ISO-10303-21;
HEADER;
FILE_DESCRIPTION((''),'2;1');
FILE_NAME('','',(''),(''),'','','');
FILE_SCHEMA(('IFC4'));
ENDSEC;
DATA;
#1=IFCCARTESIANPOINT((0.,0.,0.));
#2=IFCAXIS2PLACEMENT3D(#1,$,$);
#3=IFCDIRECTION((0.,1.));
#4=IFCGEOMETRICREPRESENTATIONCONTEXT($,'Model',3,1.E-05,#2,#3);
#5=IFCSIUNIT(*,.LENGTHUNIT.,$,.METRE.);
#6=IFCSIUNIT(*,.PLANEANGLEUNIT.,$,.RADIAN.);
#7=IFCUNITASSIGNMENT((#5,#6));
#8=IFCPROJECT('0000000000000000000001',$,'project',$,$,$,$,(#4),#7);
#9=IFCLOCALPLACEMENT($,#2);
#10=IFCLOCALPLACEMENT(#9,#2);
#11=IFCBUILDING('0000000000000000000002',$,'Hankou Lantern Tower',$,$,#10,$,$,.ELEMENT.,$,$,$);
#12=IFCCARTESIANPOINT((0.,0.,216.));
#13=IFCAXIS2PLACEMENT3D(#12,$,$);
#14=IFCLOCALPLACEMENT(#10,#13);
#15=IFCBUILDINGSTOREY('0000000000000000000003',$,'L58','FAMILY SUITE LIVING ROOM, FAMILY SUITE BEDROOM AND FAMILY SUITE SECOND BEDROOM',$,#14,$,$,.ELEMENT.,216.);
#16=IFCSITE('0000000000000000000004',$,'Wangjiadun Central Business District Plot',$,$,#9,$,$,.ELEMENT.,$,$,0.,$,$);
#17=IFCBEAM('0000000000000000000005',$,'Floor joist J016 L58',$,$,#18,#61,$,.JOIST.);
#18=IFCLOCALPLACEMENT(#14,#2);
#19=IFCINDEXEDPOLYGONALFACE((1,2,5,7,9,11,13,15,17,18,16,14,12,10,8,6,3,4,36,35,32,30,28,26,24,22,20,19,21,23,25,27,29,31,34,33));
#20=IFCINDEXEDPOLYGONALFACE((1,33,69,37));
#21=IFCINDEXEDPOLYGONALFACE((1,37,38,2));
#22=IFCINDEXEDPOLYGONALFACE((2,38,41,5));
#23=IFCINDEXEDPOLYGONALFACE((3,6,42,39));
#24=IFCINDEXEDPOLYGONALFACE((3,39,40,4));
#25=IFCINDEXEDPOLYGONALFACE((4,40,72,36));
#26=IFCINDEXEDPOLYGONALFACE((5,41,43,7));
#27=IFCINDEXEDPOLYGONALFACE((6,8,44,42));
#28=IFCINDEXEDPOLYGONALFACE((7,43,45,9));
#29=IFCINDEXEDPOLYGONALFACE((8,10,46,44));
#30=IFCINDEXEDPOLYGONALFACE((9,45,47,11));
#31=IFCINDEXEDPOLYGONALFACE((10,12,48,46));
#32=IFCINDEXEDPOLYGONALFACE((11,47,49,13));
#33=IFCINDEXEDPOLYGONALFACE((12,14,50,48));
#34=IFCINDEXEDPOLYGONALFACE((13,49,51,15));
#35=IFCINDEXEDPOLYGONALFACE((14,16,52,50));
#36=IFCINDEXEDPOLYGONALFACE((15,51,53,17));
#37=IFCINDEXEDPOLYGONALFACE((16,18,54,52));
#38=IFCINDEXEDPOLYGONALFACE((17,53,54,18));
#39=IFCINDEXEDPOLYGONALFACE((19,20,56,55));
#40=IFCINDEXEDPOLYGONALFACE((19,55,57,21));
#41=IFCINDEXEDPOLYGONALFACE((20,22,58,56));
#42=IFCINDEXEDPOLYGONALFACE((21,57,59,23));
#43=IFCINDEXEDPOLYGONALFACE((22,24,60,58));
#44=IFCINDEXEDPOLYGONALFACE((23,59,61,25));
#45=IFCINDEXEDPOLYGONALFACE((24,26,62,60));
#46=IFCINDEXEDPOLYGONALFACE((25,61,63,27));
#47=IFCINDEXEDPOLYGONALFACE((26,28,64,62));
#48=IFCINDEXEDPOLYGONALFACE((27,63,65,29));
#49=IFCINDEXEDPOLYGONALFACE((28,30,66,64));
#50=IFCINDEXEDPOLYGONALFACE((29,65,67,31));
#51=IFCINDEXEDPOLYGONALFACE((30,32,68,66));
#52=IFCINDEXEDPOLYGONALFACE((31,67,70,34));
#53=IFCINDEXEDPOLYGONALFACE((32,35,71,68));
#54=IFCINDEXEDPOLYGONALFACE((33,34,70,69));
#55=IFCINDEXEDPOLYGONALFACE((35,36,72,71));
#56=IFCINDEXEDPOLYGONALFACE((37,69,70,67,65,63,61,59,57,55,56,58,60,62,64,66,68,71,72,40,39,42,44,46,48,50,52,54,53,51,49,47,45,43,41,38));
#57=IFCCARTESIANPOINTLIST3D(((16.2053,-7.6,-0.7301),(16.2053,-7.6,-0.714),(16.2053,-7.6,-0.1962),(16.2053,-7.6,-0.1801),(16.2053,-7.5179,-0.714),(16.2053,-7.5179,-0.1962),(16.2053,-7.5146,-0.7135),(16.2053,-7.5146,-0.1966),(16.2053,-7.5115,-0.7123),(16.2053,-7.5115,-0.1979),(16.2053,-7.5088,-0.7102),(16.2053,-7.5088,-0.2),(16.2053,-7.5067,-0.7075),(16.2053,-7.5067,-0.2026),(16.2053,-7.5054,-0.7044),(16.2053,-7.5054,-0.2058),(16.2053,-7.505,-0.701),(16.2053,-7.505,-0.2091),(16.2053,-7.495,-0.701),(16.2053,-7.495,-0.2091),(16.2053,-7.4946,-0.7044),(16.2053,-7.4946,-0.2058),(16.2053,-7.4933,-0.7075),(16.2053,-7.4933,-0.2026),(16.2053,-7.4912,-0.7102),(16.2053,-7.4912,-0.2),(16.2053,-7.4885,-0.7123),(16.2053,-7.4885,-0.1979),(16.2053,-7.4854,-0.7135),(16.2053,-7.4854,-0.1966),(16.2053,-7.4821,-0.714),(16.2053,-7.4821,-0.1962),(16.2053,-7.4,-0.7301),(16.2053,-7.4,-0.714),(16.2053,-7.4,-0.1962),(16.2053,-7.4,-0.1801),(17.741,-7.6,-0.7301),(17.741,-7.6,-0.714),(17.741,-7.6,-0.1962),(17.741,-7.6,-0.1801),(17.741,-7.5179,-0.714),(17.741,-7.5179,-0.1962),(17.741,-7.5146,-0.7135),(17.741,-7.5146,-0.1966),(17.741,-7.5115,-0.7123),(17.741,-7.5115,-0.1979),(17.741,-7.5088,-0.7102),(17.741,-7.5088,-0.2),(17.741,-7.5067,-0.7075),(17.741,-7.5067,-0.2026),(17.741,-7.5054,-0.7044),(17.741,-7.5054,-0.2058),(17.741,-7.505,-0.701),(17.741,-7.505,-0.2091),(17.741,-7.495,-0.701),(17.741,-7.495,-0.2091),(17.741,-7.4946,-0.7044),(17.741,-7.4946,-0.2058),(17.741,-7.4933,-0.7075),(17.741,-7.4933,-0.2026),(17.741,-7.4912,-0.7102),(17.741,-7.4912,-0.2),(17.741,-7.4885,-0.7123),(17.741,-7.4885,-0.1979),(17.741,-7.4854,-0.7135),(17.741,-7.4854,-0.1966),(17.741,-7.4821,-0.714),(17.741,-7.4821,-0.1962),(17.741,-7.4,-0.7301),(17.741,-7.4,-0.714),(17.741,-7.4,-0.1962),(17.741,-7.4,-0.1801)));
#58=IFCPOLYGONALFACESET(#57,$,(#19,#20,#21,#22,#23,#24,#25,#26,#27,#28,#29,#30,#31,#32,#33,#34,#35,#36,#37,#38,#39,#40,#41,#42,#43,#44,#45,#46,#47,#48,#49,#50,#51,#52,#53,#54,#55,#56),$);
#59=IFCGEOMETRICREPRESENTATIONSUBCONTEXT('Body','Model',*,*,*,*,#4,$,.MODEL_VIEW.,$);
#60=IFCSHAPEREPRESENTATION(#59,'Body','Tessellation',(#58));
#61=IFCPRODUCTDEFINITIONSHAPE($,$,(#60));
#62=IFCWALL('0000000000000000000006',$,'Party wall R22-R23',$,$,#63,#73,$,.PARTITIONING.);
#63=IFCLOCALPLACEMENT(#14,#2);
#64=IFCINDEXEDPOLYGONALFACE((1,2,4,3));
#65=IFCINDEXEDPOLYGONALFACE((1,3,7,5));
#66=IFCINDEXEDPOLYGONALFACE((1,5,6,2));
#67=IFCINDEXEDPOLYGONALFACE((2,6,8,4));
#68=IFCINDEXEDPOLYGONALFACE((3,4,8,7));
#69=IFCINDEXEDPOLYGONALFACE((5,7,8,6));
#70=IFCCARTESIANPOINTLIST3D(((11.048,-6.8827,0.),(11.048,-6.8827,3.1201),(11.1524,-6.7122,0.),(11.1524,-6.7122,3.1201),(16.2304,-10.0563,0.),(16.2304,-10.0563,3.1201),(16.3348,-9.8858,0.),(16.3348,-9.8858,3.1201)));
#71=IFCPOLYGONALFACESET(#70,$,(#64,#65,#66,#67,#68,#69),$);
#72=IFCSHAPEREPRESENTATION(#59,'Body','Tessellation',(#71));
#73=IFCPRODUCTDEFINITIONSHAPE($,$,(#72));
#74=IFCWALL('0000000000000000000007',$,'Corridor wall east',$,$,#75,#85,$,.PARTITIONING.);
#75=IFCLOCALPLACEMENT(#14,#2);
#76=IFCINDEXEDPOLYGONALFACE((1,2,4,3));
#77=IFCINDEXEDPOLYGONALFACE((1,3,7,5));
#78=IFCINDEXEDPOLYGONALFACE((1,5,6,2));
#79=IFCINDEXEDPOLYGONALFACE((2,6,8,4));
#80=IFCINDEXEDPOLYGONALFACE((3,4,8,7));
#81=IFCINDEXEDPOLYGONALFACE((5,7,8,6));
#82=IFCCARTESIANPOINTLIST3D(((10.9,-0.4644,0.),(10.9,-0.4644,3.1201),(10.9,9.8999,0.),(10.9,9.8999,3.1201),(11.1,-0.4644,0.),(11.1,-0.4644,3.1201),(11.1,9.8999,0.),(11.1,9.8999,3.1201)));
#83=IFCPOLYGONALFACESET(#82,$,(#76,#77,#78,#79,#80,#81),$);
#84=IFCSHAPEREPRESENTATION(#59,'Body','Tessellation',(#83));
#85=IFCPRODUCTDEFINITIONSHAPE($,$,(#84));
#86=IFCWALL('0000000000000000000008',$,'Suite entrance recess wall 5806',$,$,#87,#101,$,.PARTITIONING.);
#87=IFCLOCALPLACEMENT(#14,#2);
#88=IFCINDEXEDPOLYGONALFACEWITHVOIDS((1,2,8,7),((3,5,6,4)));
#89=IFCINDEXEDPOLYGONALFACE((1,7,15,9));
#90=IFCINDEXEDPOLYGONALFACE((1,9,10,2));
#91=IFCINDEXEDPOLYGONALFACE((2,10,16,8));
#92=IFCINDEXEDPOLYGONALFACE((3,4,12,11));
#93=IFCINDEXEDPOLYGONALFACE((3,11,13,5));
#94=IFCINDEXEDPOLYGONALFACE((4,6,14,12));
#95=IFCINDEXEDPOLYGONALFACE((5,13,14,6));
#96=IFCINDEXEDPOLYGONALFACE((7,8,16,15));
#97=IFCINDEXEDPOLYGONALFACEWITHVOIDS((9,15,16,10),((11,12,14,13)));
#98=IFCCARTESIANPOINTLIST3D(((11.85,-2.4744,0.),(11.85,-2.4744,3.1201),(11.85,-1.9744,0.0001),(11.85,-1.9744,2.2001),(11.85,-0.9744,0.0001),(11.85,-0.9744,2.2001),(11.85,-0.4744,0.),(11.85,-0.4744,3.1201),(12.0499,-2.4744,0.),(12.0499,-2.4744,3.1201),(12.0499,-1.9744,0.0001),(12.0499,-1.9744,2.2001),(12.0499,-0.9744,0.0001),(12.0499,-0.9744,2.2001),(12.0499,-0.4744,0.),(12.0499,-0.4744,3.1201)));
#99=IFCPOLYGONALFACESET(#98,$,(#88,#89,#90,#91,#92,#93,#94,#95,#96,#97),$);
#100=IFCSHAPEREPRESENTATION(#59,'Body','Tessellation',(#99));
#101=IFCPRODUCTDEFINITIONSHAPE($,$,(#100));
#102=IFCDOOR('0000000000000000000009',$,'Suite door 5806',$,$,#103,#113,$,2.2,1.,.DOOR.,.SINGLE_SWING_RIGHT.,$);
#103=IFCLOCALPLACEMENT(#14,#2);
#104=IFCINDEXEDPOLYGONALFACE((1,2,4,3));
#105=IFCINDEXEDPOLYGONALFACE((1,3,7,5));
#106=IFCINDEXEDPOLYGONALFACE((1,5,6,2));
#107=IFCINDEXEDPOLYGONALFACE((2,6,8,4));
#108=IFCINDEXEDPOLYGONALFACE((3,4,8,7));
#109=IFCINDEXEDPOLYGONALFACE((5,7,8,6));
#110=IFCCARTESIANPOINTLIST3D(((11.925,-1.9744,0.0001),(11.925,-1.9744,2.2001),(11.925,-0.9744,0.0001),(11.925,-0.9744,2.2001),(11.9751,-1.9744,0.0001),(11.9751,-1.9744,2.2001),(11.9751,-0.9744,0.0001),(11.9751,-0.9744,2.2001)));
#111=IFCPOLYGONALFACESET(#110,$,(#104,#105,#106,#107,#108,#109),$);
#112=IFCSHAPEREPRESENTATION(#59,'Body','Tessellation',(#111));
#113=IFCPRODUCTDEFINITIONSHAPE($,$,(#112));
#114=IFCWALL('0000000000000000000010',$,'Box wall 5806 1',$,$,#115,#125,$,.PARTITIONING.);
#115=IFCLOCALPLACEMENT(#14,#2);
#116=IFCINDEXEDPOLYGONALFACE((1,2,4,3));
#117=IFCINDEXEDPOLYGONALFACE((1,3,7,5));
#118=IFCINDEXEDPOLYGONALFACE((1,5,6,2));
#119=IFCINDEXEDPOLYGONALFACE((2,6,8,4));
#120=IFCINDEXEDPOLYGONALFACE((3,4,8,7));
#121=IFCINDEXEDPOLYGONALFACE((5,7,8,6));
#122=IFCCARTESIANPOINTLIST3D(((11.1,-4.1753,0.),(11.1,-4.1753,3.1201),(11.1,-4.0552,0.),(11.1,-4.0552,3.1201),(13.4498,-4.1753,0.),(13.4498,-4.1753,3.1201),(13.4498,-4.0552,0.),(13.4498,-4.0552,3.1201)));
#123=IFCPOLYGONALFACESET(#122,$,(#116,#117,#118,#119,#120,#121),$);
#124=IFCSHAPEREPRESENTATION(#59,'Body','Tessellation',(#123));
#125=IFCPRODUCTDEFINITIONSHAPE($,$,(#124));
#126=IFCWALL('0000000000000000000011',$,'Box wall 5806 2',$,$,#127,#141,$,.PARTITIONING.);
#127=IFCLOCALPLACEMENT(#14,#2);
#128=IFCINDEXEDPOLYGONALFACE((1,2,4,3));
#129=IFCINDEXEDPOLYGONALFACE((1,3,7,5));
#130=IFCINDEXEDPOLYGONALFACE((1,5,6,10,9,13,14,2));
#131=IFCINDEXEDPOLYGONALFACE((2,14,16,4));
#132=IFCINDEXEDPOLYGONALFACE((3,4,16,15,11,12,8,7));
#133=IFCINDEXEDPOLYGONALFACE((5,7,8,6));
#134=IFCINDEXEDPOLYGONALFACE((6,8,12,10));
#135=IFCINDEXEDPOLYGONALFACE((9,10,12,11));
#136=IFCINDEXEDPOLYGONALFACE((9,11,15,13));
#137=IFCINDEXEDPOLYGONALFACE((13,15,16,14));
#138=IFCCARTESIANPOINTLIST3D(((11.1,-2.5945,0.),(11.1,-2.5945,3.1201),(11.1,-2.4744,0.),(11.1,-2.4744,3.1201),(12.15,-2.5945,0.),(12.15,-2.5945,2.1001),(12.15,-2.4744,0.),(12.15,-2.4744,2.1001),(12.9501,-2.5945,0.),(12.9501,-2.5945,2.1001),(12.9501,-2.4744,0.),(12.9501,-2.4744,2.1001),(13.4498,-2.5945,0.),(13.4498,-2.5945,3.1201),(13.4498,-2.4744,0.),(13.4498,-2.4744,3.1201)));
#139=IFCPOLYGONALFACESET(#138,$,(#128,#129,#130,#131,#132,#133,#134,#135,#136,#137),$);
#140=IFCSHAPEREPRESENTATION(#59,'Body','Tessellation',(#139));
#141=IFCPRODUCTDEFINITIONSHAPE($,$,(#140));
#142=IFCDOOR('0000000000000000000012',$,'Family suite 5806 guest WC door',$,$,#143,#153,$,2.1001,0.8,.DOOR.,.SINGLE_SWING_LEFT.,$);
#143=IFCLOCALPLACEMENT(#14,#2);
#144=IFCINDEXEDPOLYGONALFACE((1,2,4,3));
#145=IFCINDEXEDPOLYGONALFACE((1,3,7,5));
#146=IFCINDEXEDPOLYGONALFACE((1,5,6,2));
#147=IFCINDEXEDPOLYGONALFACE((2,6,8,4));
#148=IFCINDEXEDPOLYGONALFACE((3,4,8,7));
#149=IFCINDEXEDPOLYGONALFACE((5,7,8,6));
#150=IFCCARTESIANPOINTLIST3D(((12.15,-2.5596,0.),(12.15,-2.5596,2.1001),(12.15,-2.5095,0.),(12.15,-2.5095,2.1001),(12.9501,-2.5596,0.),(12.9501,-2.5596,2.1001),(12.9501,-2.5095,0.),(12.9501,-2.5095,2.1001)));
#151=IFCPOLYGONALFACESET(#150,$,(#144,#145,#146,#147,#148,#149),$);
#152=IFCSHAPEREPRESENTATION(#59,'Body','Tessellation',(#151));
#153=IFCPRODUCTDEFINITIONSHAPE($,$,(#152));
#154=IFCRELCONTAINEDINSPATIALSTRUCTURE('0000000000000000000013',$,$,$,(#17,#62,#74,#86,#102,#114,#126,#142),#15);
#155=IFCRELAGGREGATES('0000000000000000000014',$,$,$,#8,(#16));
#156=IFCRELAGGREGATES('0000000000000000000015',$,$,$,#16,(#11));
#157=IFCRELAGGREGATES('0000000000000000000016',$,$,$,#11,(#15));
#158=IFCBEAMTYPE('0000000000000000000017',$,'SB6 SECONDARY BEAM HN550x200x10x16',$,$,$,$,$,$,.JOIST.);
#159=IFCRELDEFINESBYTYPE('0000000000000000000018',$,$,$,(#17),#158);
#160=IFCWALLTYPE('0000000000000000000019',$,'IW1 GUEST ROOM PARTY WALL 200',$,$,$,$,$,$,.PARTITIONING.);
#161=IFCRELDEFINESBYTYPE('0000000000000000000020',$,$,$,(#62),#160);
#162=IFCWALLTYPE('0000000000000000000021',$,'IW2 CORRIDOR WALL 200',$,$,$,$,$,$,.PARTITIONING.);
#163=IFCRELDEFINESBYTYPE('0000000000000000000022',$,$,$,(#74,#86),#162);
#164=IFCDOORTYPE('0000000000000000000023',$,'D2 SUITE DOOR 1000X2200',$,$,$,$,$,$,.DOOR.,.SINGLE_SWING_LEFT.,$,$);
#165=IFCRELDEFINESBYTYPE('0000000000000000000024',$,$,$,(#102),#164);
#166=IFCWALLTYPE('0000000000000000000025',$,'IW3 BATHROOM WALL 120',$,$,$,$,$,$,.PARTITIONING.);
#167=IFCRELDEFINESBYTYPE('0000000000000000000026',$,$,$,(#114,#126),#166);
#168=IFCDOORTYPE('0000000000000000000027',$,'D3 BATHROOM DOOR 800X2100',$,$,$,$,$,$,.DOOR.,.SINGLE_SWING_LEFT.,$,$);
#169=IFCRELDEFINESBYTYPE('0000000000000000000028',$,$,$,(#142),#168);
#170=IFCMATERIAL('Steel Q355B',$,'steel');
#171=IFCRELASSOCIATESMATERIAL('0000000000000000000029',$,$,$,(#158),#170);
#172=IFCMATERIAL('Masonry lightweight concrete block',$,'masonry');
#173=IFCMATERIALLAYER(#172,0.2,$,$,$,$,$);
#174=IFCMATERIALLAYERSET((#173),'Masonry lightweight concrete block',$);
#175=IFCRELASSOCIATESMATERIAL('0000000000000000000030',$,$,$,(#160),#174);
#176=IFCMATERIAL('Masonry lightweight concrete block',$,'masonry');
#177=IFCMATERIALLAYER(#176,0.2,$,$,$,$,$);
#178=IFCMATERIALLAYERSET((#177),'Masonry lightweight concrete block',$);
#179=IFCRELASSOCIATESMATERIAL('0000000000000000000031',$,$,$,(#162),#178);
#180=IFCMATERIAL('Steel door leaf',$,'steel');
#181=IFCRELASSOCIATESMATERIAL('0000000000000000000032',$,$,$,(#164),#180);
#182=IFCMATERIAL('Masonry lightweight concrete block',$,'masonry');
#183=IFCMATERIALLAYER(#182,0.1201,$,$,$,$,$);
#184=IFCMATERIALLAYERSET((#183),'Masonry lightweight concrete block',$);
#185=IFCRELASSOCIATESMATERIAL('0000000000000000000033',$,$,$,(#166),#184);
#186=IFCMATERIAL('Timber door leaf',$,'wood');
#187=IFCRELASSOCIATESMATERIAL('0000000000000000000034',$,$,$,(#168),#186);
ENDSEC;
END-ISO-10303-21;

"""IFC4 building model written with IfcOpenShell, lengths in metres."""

from ifc_helpers import new_model, si_unit, direction, frame, frame_2d, origin, origin_2d, place, context, subcontext, project, spatial, rectangle, i_section, extrude, material, layer, layer_set, material_profile, profile_set, type_object, element, fill, save


model = new_model("IFC4")

# Units and contexts
model_context = context("Model", 3, precision=1e-05, world=origin(), true_north=direction((0.0, 1.0)))
body_context = subcontext(model_context, "Body", "Model", "MODEL_VIEW")
ifc_project = project(units=[si_unit("LENGTHUNIT", "METRE"), si_unit("PLANEANGLEUNIT", "RADIAN")], contexts=[model_context])

# Site, building, storey
site_placement = place(None, origin())
site = spatial("IfcSite", under=ifc_project, at=site_placement, Name="Wangjiadun Central Business District Plot", CompositionType="ELEMENT", RefElevation=0.0)
building_placement = place(site_placement, origin())
building = spatial("IfcBuilding", under=site, at=building_placement, Name="Hankou Lantern Tower", CompositionType="ELEMENT")
storey_placement = place(building_placement, frame((0.0, 0.0, 216.0)))
storey = spatial("IfcBuildingStorey", under=building, at=storey_placement, Name="L58", Description="FAMILY SUITE LIVING ROOM, FAMILY SUITE BEDROOM AND FAMILY SUITE SECOND BEDROOM", CompositionType="ELEMENT", Elevation=216.0)

# Beam
ifc_material_1 = material(Name="Steel Q355B", Category="steel")
ifc_material_profile = material_profile(ifc_material_1, i_section(OverallWidth=0.2, OverallDepth=0.55, WebThickness=0.01, FlangeThickness=0.0161, FilletRadius=0.0129, at=origin_2d()), Name="HN550x200x10x16")
ifc_profile_set = profile_set([ifc_material_profile], Name="Steel Q355B")
beam_type = type_object("IfcBeamType", Name="SB6 SECONDARY BEAM HN550x200x10x16", PredefinedType="JOIST", material=ifc_profile_set)
beam_placement = place(storey_placement, frame((16.2053, -7.5, -0.4551), z_axis=(1.0, 0.0, 0.0), x_axis=(0.0, 1.0, 0.0)))
element("IfcBeam", 1, at=beam_placement, inside=storey, type_object=beam_type, Name="Floor joist J016 L58", PredefinedType="JOIST", context=body_context, shape_type="SweptSolid", body=[
    extrude(i_section(OverallWidth=0.2, OverallDepth=0.55, WebThickness=0.01, FlangeThickness=0.0161, FilletRadius=0.0129, at=origin_2d()), origin(), (0.0, 0.0, 1.0), 1.5356),
])

# Walls
ifc_material_2 = material(Name="Masonry lightweight concrete block", Category="masonry")
ifc_layer_1 = layer(ifc_material_2, 0.2)
ifc_layer_set_1 = layer_set([ifc_layer_1], Name="Masonry lightweight concrete block")
wall_type_1 = type_object("IfcWallType", Name="IW1 GUEST ROOM PARTY WALL 200", PredefinedType="PARTITIONING", material=ifc_layer_set_1)
wall_1_placement = place(storey_placement, frame((11.1001, -6.7974, 0.0), z_axis=(0.0, 0.0, 1.0), x_axis=(0.8528, -0.522238, 0.0)))
element("IfcWall", 2, at=wall_1_placement, inside=storey, type_object=wall_type_1, Name="Party wall R22-R23", PredefinedType="PARTITIONING", context=body_context, shape_type="SweptSolid", body=[
    extrude(rectangle(XDim=6.0769, YDim=0.2, at=frame_2d((3.0386, 0.0))), origin(), (0.0, 0.0, 1.0), 3.1201),
])
ifc_material_3 = material(Name="Masonry lightweight concrete block", Category="masonry")
ifc_layer_2 = layer(ifc_material_3, 0.2)
ifc_layer_set_2 = layer_set([ifc_layer_2], Name="Masonry lightweight concrete block")
wall_type_2 = type_object("IfcWallType", Name="IW2 CORRIDOR WALL 200", PredefinedType="PARTITIONING", material=ifc_layer_set_2)
wall_2_placement = place(storey_placement, frame((11.0, -0.4644, 0.0), z_axis=(0.0, 0.0, 1.0), x_axis=(0.0, 1.0, 0.0)))
element("IfcWall", 3, at=wall_2_placement, inside=storey, type_object=wall_type_2, Name="Corridor wall east", PredefinedType="PARTITIONING", context=body_context, shape_type="SweptSolid", body=[
    extrude(rectangle(XDim=10.3643, YDim=0.2, at=frame_2d((5.1821, 0.0))), origin(), (0.0, 0.0, 1.0), 3.1201),
])

# Wall, opening, door
wall_3_placement = place(storey_placement, frame((11.95, -2.4744, 0.0), z_axis=(0.0, 0.0, 1.0), x_axis=(0.0, 1.0, 0.0)))
wall_3 = element("IfcWall", 4, at=wall_3_placement, inside=storey, type_object=wall_type_2, Name="Suite entrance recess wall 5806", PredefinedType="PARTITIONING", context=body_context, shape_type="SweptSolid", body=[
    extrude(rectangle(XDim=2.0, YDim=0.2, at=frame_2d((1.0, 0.0))), origin(), (0.0, 0.0, 1.0), 3.1201),
])
opening_1_placement = place(wall_3_placement, frame((0.5, 0.0, 0.0)))
opening_1 = element("IfcOpeningElement", 5, at=opening_1_placement, cuts=wall_3, PredefinedType="OPENING", context=body_context, shape_type="SweptSolid", body=[
    extrude(rectangle(XDim=1.0, YDim=2.2, at=frame_2d((0.5, 1.1001))), frame((0.0, 0.1099, 0.0), z_axis=(0.0, -1.0, 0.0), x_axis=(1.0, 0.0, 0.0)), (0.0, 0.0, 1.0), 0.22),
])
ifc_material_4 = material(Name="Steel door leaf", Category="steel")
door_type_1 = type_object("IfcDoorType", Name="D2 SUITE DOOR 1000X2200", OperationType="SINGLE_SWING_LEFT", PredefinedType="DOOR", material=ifc_material_4)
door_1_placement = place(opening_1_placement, origin())
door_1 = element("IfcDoor", 6, at=door_1_placement, inside=storey, type_object=door_type_1, Name="Suite door 5806", OperationType="SINGLE_SWING_RIGHT", OverallHeight=2.2, OverallWidth=1.0, PredefinedType="DOOR", context=body_context, shape_type="SweptSolid", body=[
    extrude(rectangle(XDim=1.0, YDim=2.2, at=frame_2d((0.5, 1.1001))), frame((0.0, 0.0249, 0.0), z_axis=(0.0, -1.0, 0.0), x_axis=(1.0, 0.0, 0.0)), (0.0, 0.0, 1.0), 0.05),
])
fill(opening_1, door_1)

# Wall
ifc_material_5 = material(Name="Masonry lightweight concrete block", Category="masonry")
ifc_layer_3 = layer(ifc_material_5, 0.1201)
ifc_layer_set_3 = layer_set([ifc_layer_3], Name="Masonry lightweight concrete block")
wall_type_3 = type_object("IfcWallType", Name="IW3 BATHROOM WALL 120", PredefinedType="PARTITIONING", material=ifc_layer_set_3)
wall_4_placement = place(storey_placement, frame((11.1001, -4.1152, 0.0), z_axis=(0.0, 0.0, 1.0), x_axis=(1.0, 0.0, 0.0)))
element("IfcWall", 7, at=wall_4_placement, inside=storey, type_object=wall_type_3, Name="Box wall 5806 1", PredefinedType="PARTITIONING", context=body_context, shape_type="SweptSolid", body=[
    extrude(rectangle(XDim=2.3499, YDim=0.1201, at=frame_2d((1.1748, 0.0))), origin(), (0.0, 0.0, 1.0), 3.1201),
])

# Wall, opening, door
wall_5_placement = place(storey_placement, frame((11.1001, -2.5344, 0.0), z_axis=(0.0, 0.0, 1.0), x_axis=(1.0, 0.0, 0.0)))
wall_5 = element("IfcWall", 8, at=wall_5_placement, inside=storey, type_object=wall_type_3, Name="Box wall 5806 2", PredefinedType="PARTITIONING", context=body_context, shape_type="SweptSolid", body=[
    extrude(rectangle(XDim=2.3499, YDim=0.1201, at=frame_2d((1.1748, 0.0))), origin(), (0.0, 0.0, 1.0), 3.1201),
])
opening_2_placement = place(wall_5_placement, frame((1.05, 0.0, 0.0)))
opening_2 = element("IfcOpeningElement", 9, at=opening_2_placement, cuts=wall_5, PredefinedType="OPENING", context=body_context, shape_type="SweptSolid", body=[
    extrude(rectangle(XDim=0.8, YDim=2.1001, at=frame_2d((0.3999, 1.05))), frame((0.0, 0.0701, 0.0), z_axis=(0.0, -1.0, 0.0), x_axis=(1.0, 0.0, 0.0)), (0.0, 0.0, 1.0), 0.1401),
])
ifc_material_6 = material(Name="Timber door leaf", Category="wood")
door_type_2 = type_object("IfcDoorType", Name="D3 BATHROOM DOOR 800X2100", OperationType="SINGLE_SWING_LEFT", PredefinedType="DOOR", material=ifc_material_6)
door_2_placement = place(opening_2_placement, origin())
door_2 = element("IfcDoor", 10, at=door_2_placement, inside=storey, type_object=door_type_2, Name="Family suite 5806 guest WC door", OperationType="SINGLE_SWING_LEFT", OverallHeight=2.1001, OverallWidth=0.8, PredefinedType="DOOR", context=body_context, shape_type="SweptSolid", body=[
    extrude(rectangle(XDim=0.8, YDim=2.1001, at=frame_2d((0.3999, 1.05))), frame((0.0, 0.0249, 0.0), z_axis=(0.0, -1.0, 0.0), x_axis=(1.0, 0.0, 0.0)), (0.0, 0.0, 1.0), 0.05),
])
fill(opening_2, door_2)

save(model, "model.ifc")
